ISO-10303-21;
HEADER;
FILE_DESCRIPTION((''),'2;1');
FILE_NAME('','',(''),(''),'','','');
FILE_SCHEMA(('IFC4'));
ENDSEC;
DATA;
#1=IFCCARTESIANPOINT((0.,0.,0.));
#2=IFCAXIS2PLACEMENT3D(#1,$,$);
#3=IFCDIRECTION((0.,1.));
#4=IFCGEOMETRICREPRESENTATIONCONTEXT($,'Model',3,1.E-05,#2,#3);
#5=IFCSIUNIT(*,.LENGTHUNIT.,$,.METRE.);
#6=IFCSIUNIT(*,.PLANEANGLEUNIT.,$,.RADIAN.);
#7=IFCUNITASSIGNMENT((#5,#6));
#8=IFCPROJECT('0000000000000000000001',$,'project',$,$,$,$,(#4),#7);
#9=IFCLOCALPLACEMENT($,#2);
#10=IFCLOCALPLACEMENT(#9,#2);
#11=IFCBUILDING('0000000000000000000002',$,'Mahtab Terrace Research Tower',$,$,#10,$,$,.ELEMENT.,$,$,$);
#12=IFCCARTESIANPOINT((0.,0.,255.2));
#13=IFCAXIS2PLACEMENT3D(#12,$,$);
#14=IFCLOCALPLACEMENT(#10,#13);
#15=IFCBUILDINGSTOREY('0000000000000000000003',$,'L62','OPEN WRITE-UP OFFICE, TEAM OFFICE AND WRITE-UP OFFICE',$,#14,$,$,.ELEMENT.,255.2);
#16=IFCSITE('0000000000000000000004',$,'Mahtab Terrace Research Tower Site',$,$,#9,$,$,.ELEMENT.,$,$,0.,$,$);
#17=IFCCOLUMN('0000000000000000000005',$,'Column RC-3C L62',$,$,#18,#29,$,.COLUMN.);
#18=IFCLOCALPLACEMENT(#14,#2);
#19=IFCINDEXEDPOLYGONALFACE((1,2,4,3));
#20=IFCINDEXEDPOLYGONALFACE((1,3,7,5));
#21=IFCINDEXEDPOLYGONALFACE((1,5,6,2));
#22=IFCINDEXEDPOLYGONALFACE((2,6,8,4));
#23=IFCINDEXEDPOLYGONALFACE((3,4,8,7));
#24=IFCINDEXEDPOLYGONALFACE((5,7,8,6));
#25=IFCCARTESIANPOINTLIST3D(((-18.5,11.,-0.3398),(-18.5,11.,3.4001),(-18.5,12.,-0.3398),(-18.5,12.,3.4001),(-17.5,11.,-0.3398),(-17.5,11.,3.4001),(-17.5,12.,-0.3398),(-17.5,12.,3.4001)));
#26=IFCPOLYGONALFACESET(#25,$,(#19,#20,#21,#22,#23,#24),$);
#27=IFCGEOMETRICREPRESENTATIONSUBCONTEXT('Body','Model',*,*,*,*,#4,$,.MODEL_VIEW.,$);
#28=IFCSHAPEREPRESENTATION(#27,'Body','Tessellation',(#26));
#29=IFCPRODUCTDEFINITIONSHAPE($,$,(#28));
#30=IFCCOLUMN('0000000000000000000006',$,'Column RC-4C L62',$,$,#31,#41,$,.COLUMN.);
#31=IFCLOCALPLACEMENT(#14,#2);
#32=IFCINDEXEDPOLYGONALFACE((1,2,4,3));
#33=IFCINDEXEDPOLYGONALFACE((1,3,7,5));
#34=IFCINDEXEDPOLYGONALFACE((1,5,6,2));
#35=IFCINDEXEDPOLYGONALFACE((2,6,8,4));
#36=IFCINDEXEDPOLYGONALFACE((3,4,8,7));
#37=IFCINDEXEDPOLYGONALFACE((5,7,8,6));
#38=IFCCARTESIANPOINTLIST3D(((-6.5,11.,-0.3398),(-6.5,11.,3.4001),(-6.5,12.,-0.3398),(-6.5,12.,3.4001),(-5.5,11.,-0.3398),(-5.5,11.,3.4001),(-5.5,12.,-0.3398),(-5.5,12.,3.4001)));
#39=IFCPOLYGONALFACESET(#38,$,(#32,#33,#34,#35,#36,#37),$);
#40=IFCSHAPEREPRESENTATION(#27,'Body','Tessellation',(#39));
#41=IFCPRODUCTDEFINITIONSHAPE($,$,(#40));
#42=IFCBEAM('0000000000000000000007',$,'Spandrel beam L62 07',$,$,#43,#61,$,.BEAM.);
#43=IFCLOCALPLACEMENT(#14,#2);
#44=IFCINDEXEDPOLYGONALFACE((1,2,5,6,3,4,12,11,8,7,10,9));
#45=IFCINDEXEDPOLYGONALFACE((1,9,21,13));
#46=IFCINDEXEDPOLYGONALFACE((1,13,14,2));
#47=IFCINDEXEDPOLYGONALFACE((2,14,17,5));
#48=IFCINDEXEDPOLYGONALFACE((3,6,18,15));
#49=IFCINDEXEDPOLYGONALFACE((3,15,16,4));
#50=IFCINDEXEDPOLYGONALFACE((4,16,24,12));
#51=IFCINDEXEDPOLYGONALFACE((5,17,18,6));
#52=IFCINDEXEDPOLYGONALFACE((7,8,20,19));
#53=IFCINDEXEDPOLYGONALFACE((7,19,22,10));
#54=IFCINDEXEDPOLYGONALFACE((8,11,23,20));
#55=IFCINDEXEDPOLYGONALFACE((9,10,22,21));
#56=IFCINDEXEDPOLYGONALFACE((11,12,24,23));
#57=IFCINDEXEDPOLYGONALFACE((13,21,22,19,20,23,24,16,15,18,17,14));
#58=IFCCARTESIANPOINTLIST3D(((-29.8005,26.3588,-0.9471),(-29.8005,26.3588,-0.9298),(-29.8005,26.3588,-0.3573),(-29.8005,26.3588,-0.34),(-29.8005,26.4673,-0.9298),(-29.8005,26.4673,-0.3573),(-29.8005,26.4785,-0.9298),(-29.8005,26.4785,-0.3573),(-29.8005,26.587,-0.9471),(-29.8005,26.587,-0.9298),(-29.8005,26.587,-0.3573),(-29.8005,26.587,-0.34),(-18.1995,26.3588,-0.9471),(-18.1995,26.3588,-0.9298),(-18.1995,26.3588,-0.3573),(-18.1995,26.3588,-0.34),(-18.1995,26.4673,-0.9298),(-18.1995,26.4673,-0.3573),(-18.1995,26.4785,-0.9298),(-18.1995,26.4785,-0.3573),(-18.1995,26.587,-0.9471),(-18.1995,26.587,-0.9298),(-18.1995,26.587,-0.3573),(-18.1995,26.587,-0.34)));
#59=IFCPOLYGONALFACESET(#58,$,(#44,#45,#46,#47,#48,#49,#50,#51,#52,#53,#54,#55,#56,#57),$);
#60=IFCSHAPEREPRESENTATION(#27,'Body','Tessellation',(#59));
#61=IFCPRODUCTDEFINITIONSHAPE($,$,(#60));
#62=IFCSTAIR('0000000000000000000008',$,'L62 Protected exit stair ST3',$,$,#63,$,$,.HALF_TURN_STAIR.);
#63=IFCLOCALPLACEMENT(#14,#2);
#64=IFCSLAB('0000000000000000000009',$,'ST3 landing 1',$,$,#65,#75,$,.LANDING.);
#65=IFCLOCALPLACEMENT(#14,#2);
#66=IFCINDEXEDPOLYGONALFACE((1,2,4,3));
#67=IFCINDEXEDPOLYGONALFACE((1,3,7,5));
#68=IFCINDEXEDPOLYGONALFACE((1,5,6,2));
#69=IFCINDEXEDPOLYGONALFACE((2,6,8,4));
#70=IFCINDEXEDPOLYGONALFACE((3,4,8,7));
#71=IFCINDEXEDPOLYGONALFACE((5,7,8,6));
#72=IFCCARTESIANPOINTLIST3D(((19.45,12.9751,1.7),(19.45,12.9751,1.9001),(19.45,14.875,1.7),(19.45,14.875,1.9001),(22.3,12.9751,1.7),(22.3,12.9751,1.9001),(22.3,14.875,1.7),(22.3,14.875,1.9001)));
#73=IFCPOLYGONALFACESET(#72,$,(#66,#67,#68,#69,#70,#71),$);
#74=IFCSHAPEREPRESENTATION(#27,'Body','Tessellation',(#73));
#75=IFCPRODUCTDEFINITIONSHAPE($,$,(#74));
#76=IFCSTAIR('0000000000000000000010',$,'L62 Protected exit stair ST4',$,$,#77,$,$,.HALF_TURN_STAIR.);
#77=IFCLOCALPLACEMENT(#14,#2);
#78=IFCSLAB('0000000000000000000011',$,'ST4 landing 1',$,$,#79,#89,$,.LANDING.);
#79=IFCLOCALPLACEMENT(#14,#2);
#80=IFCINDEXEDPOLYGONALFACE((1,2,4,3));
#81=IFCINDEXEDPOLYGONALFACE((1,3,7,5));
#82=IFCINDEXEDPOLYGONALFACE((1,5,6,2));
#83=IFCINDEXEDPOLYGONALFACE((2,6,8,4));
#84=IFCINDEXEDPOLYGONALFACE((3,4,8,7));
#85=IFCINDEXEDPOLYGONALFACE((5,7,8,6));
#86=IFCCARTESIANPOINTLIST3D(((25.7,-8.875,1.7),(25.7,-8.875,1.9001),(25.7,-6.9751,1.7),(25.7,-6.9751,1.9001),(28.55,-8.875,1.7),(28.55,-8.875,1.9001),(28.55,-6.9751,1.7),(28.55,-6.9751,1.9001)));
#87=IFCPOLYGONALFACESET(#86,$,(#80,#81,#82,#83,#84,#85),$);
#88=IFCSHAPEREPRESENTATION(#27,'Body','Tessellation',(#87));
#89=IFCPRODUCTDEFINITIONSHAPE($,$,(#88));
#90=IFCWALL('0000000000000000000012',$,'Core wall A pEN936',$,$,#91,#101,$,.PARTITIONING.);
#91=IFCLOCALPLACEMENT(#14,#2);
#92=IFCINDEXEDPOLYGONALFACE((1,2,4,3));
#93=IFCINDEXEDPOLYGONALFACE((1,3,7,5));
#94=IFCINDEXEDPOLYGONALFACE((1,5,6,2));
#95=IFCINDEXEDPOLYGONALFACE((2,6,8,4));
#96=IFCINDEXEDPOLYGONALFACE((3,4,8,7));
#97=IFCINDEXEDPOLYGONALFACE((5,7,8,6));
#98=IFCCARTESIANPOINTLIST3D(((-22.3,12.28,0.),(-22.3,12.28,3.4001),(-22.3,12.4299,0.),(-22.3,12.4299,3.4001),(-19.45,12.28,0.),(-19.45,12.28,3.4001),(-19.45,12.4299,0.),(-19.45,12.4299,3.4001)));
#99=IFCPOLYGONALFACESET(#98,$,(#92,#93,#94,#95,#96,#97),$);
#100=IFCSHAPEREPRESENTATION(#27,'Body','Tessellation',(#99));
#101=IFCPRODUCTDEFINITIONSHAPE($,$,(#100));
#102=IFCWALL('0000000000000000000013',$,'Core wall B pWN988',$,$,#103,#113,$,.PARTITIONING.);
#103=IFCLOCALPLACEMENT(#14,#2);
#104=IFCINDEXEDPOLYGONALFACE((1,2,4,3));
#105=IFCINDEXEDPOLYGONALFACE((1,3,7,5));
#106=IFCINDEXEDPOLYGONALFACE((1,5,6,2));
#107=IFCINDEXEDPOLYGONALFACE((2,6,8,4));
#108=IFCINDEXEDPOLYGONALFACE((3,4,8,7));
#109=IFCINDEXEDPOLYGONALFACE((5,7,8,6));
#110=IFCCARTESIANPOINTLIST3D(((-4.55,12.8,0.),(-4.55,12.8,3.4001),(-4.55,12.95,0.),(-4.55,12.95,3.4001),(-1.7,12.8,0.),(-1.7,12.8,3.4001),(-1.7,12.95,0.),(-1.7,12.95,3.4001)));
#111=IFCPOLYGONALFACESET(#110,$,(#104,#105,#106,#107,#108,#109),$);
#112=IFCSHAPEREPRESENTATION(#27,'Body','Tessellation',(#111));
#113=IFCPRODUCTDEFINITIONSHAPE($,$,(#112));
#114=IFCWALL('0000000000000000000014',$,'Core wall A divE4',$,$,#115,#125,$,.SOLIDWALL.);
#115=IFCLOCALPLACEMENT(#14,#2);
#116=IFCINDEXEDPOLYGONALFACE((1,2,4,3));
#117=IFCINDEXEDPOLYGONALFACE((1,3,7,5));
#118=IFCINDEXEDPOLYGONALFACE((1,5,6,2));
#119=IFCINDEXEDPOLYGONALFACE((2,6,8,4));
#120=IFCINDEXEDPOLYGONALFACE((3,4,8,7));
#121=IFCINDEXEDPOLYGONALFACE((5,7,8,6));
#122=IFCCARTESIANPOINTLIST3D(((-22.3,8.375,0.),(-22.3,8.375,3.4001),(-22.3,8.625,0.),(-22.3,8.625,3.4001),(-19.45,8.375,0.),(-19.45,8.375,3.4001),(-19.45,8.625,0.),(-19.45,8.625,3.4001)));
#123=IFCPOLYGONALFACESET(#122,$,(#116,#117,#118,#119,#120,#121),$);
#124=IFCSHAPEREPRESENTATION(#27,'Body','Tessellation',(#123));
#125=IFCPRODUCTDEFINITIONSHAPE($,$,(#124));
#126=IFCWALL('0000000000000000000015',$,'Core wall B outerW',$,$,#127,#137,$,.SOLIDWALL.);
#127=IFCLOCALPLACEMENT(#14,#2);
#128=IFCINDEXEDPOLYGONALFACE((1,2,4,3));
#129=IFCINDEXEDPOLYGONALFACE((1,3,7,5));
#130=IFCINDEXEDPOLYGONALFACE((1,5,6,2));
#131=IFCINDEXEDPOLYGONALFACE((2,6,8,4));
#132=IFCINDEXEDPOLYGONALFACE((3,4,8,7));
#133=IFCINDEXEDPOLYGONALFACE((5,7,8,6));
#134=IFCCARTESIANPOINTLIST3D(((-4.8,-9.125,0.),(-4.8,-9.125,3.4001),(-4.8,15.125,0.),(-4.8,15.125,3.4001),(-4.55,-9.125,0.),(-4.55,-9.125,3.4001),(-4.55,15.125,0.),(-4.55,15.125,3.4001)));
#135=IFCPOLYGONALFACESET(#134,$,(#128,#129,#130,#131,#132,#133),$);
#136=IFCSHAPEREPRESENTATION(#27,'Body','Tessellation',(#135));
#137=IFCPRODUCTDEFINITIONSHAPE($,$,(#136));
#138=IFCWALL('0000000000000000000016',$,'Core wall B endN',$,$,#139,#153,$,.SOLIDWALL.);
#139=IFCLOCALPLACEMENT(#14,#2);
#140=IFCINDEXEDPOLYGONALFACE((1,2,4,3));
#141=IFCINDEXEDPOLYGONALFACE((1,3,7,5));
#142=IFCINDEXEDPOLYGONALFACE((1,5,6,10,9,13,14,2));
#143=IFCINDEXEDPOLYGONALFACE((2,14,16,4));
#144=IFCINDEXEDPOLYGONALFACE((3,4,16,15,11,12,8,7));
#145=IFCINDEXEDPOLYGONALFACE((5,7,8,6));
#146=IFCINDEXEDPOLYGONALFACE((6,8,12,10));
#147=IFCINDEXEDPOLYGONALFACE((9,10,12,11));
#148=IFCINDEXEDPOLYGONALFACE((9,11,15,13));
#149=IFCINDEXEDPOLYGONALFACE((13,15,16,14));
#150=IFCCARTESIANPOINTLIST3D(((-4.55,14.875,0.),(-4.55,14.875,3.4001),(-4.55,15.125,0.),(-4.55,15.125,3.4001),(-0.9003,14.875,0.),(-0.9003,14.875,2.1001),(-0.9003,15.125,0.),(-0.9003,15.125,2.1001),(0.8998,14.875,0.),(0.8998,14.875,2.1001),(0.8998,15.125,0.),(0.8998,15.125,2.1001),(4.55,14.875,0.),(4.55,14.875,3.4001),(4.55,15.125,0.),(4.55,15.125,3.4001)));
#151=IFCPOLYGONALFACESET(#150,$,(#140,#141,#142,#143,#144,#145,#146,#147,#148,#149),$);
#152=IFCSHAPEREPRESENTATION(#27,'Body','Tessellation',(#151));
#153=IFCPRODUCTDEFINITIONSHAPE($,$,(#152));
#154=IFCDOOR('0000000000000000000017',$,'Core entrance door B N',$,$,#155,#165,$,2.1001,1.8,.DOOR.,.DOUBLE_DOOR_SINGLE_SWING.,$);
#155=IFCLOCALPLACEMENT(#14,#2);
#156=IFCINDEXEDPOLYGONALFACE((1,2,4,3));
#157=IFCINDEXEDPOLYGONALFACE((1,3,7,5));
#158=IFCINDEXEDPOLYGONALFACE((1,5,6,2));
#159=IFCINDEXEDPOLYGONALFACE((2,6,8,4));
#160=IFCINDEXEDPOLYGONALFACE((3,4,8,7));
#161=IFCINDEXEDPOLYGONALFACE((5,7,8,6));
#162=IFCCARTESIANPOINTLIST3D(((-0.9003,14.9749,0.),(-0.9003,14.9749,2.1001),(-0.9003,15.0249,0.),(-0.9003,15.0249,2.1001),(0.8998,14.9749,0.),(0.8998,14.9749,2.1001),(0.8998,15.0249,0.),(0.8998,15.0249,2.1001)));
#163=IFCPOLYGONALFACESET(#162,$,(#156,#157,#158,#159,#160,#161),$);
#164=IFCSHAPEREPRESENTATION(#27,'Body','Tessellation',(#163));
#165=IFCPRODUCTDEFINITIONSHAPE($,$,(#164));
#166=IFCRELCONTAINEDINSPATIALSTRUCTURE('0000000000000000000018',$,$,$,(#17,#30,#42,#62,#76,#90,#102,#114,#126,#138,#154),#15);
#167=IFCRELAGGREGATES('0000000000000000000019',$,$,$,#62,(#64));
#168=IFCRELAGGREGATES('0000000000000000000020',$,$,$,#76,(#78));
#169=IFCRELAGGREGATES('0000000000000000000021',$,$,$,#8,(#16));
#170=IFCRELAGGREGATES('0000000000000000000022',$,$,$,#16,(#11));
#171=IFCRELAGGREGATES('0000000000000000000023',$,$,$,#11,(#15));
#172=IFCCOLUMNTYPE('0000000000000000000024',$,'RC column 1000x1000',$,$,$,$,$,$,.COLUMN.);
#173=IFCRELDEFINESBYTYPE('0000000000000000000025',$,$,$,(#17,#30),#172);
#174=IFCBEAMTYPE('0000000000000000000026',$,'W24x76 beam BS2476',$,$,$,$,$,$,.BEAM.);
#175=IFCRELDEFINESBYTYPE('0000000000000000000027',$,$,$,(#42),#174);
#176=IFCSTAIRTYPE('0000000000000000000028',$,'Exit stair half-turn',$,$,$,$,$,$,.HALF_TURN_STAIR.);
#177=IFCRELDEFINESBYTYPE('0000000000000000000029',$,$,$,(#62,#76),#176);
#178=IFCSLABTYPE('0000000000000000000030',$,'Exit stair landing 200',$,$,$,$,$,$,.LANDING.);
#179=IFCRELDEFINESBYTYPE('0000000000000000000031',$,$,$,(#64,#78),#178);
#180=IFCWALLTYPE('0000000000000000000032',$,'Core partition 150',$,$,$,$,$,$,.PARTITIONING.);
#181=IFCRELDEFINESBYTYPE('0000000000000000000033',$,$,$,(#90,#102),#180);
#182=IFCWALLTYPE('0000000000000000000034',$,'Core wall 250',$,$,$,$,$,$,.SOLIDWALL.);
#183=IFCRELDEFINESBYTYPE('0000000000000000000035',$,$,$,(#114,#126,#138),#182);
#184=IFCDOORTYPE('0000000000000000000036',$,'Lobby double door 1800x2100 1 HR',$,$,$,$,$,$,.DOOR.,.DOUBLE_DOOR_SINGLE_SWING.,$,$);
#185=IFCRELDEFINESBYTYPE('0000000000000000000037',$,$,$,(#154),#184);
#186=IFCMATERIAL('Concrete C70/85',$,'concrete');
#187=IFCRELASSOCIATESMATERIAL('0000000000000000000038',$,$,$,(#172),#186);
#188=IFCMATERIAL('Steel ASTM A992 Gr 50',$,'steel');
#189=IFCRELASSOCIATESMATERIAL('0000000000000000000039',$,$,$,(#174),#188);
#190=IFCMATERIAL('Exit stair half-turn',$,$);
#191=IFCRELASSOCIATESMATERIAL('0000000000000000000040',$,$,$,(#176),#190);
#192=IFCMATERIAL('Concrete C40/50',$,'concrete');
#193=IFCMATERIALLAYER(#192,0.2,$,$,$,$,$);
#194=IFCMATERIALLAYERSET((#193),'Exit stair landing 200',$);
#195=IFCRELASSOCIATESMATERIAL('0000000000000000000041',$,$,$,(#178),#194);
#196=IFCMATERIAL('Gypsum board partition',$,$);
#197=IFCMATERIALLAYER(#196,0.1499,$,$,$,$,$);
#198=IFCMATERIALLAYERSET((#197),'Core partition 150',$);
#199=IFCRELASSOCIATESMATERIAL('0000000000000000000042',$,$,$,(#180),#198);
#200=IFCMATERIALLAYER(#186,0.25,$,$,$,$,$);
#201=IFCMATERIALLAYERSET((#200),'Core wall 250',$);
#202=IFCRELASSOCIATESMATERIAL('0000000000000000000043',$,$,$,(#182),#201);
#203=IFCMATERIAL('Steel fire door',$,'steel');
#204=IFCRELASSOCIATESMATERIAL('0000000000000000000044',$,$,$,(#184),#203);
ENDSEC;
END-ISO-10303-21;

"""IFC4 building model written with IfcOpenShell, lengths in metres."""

from ifc_helpers import new_model, si_unit, direction, frame, frame_2d, origin, origin_2d, place, context, subcontext, project, spatial, polyline, rectangle, i_section, outline, extrude, material, layer, layer_set, material_profile, profile_set, type_object, element, fill, aggregate, save


model = new_model("IFC4")

# Units and contexts
model_context = context("Model", 3, precision=1e-05, world=origin(), true_north=direction((0.0, 1.0)))
body_context = subcontext(model_context, "Body", "Model", "MODEL_VIEW")
ifc_project = project(units=[si_unit("LENGTHUNIT", "METRE"), si_unit("PLANEANGLEUNIT", "RADIAN")], contexts=[model_context])

# Site, building, storey
site_placement = place(None, origin())
site = spatial("IfcSite", under=ifc_project, at=site_placement, Name="Mahtab Terrace Research Tower Site", CompositionType="ELEMENT", RefElevation=0.0)
building_placement = place(site_placement, origin())
building = spatial("IfcBuilding", under=site, at=building_placement, Name="Mahtab Terrace Research Tower", CompositionType="ELEMENT")
storey_placement = place(building_placement, frame((0.0, 0.0, 255.2)))
storey = spatial("IfcBuildingStorey", under=building, at=storey_placement, Name="L62", Description="OPEN WRITE-UP OFFICE, TEAM OFFICE AND WRITE-UP OFFICE", CompositionType="ELEMENT", Elevation=255.2)

# Columns
ifc_material_1 = material(Name="Concrete C70/85", Category="concrete")
ifc_material_profile_1 = material_profile(ifc_material_1, rectangle(XDim=1.0, YDim=1.0, at=origin_2d()), Name="RC column 1000x1000")
ifc_profile_set_1 = profile_set([ifc_material_profile_1], Name="Concrete C70/85")
column_type = type_object("IfcColumnType", Name="RC column 1000x1000", PredefinedType="COLUMN", material=ifc_profile_set_1)
for number, where, z_axis, x_axis, name in (
    (1, (-18.0, 11.5, -0.3398), (0.0, 0.0, 1.0), (1.0, 0.0, 0.0), "Column RC-3C L62"),
    (2, (-6.0, 11.5, -0.3398), (0.0, 0.0, 1.0), (1.0, 0.0, 0.0), "Column RC-4C L62"),
):
    element("IfcColumn", number, at=place(storey_placement, frame(where, z_axis=z_axis, x_axis=x_axis)), inside=storey, type_object=column_type, Name=name, PredefinedType="COLUMN", context=body_context, shape_type="SweptSolid", body=[
        extrude(rectangle(XDim=1.0, YDim=1.0, at=origin_2d()), origin(), (0.0, 0.0, 1.0), 3.74),
    ])

# Beam
ifc_material_2 = material(Name="Steel ASTM A992 Gr 50", Category="steel")
ifc_material_profile_2 = material_profile(ifc_material_2, i_section(OverallWidth=0.2283, OverallDepth=0.6072, WebThickness=0.0112, FlangeThickness=0.0173, at=origin_2d()), Name="W24X76")
ifc_profile_set_2 = profile_set([ifc_material_profile_2], Name="Steel ASTM A992 Gr 50")
beam_type = type_object("IfcBeamType", Name="W24x76 beam BS2476", PredefinedType="BEAM", material=ifc_profile_set_2)
beam_placement = place(storey_placement, frame((-18.1995, 26.4729, -0.6436), z_axis=(-1.0, 0.0, 0.0), x_axis=(0.0, -1.0, 0.0)))
element("IfcBeam", 3, at=beam_placement, inside=storey, type_object=beam_type, Name="Spandrel beam L62 07", PredefinedType="BEAM", context=body_context, shape_type="SweptSolid", body=[
    extrude(i_section(OverallWidth=0.2283, OverallDepth=0.6072, WebThickness=0.0112, FlangeThickness=0.0173, at=origin_2d()), origin(), (0.0, 0.0, 1.0), 11.6011),
])

# Stairs, slabs
ifc_material_3 = material(Name="Exit stair half-turn")
stair_type = type_object("IfcStairType", Name="Exit stair half-turn", PredefinedType="HALF_TURN_STAIR", material=ifc_material_3)
stair_1_placement = place(storey_placement, origin())
stair_1 = element("IfcStair", 4, at=stair_1_placement, inside=storey, type_object=stair_type, Name="L62 Protected exit stair ST3", PredefinedType="HALF_TURN_STAIR")
ifc_material_4 = material(Name="Concrete C40/50", Category="concrete")
ifc_layer_1 = layer(ifc_material_4, 0.2)
ifc_layer_set_1 = layer_set([ifc_layer_1], Name="Exit stair landing 200")
slab_type = type_object("IfcSlabType", Name="Exit stair landing 200", PredefinedType="LANDING", material=ifc_layer_set_1)
slab_1_placement = place(storey_placement, frame((0.0, 0.0, 1.7)))
slab_1 = element("IfcSlab", 5, at=slab_1_placement, type_object=slab_type, Name="ST3 landing 1", PredefinedType="LANDING", context=body_context, shape_type="SweptSolid", body=[
    extrude(outline(polyline([(22.3, 12.9751), (22.3, 14.875), (19.45, 14.875), (19.45, 12.9751), (22.3, 12.9751)])), origin(), (0.0, 0.0, 1.0), 0.2002),
])
aggregate(stair_1, [slab_1])
stair_2_placement = place(storey_placement, origin())
stair_2 = element("IfcStair", 6, at=stair_2_placement, inside=storey, type_object=stair_type, Name="L62 Protected exit stair ST4", PredefinedType="HALF_TURN_STAIR")
slab_2_placement = place(storey_placement, frame((0.0, 0.0, 1.7)))
slab_2 = element("IfcSlab", 7, at=slab_2_placement, type_object=slab_type, Name="ST4 landing 1", PredefinedType="LANDING", context=body_context, shape_type="SweptSolid", body=[
    extrude(outline(polyline([(25.7, -6.9751), (25.7, -8.875), (28.55, -8.875), (28.55, -6.9751), (25.7, -6.9751)])), origin(), (0.0, 0.0, 1.0), 0.2002),
])
aggregate(stair_2, [slab_2])

# Walls
ifc_material_5 = material(Name="Gypsum board partition")
ifc_layer_2 = layer(ifc_material_5, 0.1499)
ifc_layer_set_2 = layer_set([ifc_layer_2], Name="Core partition 150")
wall_type_1 = type_object("IfcWallType", Name="Core partition 150", PredefinedType="PARTITIONING", material=ifc_layer_set_2)
for number, where, z_axis, x_axis, name in (
    (8, (-22.3, 12.355, 0.0), (0.0, 0.0, 1.0), (1.0, 0.0, 0.0), "Core wall A pEN936"),
    (9, (-4.55, 12.875, 0.0), (0.0, 0.0, 1.0), (1.0, 0.0, 0.0), "Core wall B pWN988"),
):
    element("IfcWall", number, at=place(storey_placement, frame(where, z_axis=z_axis, x_axis=x_axis)), inside=storey, type_object=wall_type_1, Name=name, PredefinedType="PARTITIONING", context=body_context, shape_type="SweptSolid", body=[
        extrude(rectangle(XDim=2.8501, YDim=0.1499, at=frame_2d((1.425, 0.0))), origin(), (0.0, 0.0, 1.0), 3.4001),
    ])
ifc_layer_3 = layer(ifc_material_1, 0.25)
ifc_layer_set_3 = layer_set([ifc_layer_3], Name="Core wall 250")
wall_type_2 = type_object("IfcWallType", Name="Core wall 250", PredefinedType="SOLIDWALL", material=ifc_layer_set_3)
wall_1_placement = place(storey_placement, frame((-22.3, 8.5, 0.0), z_axis=(0.0, 0.0, 1.0), x_axis=(1.0, 0.0, 0.0)))
element("IfcWall", 10, at=wall_1_placement, inside=storey, type_object=wall_type_2, Name="Core wall A divE4", PredefinedType="SOLIDWALL", context=body_context, shape_type="SweptSolid", body=[
    extrude(rectangle(XDim=2.8501, YDim=0.25, at=frame_2d((1.425, 0.0))), origin(), (0.0, 0.0, 1.0), 3.4001),
])
wall_2_placement = place(storey_placement, frame((-4.675, 15.125, 0.0), z_axis=(0.0, 0.0, 1.0), x_axis=(0.0, -1.0, 0.0)))
element("IfcWall", 11, at=wall_2_placement, inside=storey, type_object=wall_type_2, Name="Core wall B outerW", PredefinedType="SOLIDWALL", context=body_context, shape_type="SweptSolid", body=[
    extrude(rectangle(XDim=24.25, YDim=0.25, at=frame_2d((12.125, 0.0))), origin(), (0.0, 0.0, 1.0), 3.4001),
])

# Wall, opening, door
wall_3_placement = place(storey_placement, frame((-4.55, 15.0, 0.0), z_axis=(0.0, 0.0, 1.0), x_axis=(1.0, 0.0, 0.0)))
wall_3 = element("IfcWall", 12, at=wall_3_placement, inside=storey, type_object=wall_type_2, Name="Core wall B endN", PredefinedType="SOLIDWALL", context=body_context, shape_type="SweptSolid", body=[
    extrude(rectangle(XDim=9.1001, YDim=0.25, at=frame_2d((4.55, 0.0))), origin(), (0.0, 0.0, 1.0), 3.4001),
])
opening_1_placement = place(wall_3_placement, frame((3.6499, 0.0, 0.0)))
opening_1 = element("IfcOpeningElement", 13, at=opening_1_placement, cuts=wall_3, PredefinedType="OPENING", context=body_context, shape_type="SweptSolid", body=[
    extrude(rectangle(XDim=1.8, YDim=2.1001, at=frame_2d((0.8999, 1.05))), frame((0.0, 0.135, 0.0), z_axis=(0.0, -1.0, 0.0), x_axis=(1.0, 0.0, 0.0)), (0.0, 0.0, 1.0), 0.27),
])
ifc_material_6 = material(Name="Steel fire door", Category="steel")
door_type_1 = type_object("IfcDoorType", Name="Lobby double door 1800x2100 1 HR", OperationType="DOUBLE_DOOR_SINGLE_SWING", PredefinedType="DOOR", material=ifc_material_6)
door_1_placement = place(opening_1_placement, origin())
door_1 = element("IfcDoor", 14, at=door_1_placement, inside=storey, type_object=door_type_1, Name="Core entrance door B N", OperationType="DOUBLE_DOOR_SINGLE_SWING", OverallHeight=2.1001, OverallWidth=1.8, PredefinedType="DOOR", context=body_context, shape_type="SweptSolid", body=[
    extrude(rectangle(XDim=1.8, YDim=2.1001, at=frame_2d((0.8999, 1.05))), frame((0.0, 0.0249, 0.0), z_axis=(0.0, -1.0, 0.0), x_axis=(1.0, 0.0, 0.0)), (0.0, 0.0, 1.0), 0.05),
])
fill(opening_1, door_1)

save(model, "model.ifc")
